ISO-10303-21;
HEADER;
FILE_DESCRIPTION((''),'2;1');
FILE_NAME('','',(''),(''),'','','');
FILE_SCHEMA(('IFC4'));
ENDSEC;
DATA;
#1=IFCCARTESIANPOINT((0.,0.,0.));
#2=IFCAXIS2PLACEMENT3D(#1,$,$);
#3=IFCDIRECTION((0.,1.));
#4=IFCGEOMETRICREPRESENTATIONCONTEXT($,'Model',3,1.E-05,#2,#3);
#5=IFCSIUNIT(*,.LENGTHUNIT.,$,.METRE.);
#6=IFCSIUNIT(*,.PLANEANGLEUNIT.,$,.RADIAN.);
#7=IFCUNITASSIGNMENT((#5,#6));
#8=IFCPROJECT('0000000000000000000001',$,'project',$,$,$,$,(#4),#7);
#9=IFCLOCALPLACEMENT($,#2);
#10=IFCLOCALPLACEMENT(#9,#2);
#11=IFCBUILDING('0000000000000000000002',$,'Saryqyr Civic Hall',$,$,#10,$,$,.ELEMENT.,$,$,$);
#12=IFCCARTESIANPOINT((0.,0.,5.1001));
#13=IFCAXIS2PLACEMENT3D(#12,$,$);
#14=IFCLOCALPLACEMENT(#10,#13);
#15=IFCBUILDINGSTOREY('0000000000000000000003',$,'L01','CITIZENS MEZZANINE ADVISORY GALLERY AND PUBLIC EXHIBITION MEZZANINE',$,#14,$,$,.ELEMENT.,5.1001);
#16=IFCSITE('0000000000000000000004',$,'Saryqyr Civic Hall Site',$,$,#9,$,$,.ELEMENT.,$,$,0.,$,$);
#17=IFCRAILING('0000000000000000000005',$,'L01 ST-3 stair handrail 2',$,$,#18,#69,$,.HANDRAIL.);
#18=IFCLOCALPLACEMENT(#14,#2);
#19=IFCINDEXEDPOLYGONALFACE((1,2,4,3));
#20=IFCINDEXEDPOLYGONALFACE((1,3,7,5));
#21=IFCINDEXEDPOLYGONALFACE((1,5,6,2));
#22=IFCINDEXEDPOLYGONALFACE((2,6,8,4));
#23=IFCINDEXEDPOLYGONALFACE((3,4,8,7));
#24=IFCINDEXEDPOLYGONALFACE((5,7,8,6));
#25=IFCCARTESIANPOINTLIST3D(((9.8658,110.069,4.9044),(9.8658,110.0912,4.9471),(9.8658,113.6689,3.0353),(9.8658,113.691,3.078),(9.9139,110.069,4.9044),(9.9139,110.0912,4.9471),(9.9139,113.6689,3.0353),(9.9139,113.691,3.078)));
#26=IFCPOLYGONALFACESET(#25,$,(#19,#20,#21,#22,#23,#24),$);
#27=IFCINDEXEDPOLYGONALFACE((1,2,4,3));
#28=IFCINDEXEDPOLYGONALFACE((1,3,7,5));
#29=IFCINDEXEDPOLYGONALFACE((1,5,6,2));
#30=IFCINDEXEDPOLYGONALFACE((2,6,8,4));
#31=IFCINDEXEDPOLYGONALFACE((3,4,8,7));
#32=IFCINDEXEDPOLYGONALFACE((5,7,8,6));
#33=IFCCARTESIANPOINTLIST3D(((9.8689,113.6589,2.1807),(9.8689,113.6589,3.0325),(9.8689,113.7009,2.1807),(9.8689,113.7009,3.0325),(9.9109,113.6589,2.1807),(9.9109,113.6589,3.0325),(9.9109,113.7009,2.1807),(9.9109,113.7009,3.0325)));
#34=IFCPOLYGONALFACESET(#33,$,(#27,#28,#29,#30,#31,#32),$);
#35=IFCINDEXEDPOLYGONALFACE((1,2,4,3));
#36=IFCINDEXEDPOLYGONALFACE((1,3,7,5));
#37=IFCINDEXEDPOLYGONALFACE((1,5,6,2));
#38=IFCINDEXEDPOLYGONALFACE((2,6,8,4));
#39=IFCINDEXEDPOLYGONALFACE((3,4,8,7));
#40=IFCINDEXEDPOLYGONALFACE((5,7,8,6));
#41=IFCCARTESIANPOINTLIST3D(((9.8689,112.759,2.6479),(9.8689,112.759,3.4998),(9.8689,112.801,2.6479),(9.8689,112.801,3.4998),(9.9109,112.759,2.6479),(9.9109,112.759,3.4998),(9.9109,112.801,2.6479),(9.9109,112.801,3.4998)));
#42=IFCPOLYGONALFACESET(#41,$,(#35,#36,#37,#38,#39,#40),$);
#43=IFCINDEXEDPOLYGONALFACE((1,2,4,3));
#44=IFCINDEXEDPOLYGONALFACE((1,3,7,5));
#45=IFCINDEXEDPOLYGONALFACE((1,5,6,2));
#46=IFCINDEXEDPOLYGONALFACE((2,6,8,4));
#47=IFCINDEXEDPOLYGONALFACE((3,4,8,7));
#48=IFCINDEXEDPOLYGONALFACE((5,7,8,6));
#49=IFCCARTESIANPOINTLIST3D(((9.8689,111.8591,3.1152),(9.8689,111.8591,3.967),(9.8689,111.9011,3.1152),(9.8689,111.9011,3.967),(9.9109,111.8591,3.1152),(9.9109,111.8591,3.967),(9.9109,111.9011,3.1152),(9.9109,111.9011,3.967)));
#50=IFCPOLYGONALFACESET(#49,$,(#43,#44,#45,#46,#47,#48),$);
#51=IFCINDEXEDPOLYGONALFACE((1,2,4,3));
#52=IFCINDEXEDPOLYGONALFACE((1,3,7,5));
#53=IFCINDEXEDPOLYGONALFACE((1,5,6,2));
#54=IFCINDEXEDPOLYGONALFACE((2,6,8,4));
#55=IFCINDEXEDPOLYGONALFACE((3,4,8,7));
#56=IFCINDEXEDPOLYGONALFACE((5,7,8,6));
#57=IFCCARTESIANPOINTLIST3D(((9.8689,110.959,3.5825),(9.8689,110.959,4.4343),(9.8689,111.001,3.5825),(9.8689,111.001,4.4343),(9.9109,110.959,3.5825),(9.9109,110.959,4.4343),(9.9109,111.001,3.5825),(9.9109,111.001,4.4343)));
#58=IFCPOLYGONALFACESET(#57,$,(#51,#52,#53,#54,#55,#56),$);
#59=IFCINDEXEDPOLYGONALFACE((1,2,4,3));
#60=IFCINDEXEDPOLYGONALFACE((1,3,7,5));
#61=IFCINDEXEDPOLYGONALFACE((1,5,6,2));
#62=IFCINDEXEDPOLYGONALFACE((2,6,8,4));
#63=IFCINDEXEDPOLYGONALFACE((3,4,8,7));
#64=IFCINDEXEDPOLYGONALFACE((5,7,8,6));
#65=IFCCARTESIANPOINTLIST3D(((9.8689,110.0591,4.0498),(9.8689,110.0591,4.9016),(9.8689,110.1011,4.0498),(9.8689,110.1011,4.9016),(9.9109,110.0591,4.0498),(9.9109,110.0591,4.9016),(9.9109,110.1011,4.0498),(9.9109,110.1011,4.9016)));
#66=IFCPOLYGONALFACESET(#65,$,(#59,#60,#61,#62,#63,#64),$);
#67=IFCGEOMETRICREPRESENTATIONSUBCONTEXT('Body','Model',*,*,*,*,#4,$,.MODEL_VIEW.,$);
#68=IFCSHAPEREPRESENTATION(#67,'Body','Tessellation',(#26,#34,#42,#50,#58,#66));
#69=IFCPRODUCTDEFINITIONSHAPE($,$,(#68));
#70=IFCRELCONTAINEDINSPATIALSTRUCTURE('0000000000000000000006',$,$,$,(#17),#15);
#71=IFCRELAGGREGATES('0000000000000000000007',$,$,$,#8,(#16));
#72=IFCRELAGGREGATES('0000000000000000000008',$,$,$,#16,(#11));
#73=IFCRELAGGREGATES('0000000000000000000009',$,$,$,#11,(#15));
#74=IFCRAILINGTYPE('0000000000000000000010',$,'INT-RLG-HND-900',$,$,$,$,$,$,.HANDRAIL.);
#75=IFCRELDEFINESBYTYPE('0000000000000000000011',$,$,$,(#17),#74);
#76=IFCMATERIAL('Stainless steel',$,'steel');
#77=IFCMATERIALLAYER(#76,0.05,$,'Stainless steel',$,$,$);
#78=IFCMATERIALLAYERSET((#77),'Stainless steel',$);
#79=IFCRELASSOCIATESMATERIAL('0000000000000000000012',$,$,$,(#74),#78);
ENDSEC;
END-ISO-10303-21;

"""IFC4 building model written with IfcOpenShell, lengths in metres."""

from ifc_helpers import new_model, si_unit, direction, frame, origin, origin_2d, place, context, subcontext, project, spatial, rectangle, extrude, material, layer, layer_set, type_object, element, save


model = new_model("IFC4")

# Units and contexts
model_context = context("Model", 3, precision=1e-05, world=origin(), true_north=direction((0.0, 1.0)))
body_context = subcontext(model_context, "Body", "Model", "MODEL_VIEW")
ifc_project = project(units=[si_unit("LENGTHUNIT", "METRE"), si_unit("PLANEANGLEUNIT", "RADIAN")], contexts=[model_context])

# Site, building, storey
site_placement = place(None, origin())
site = spatial("IfcSite", under=ifc_project, at=site_placement, Name="Saryqyr Civic Hall Site", CompositionType="ELEMENT", RefElevation=0.0)
building_placement = place(site_placement, origin())
building = spatial("IfcBuilding", under=site, at=building_placement, Name="Saryqyr Civic Hall", CompositionType="ELEMENT")
storey_placement = place(building_placement, frame((0.0, 0.0, 5.1001)))
storey = spatial("IfcBuildingStorey", under=building, at=storey_placement, Name="L01", Description="CITIZENS MEZZANINE ADVISORY GALLERY AND PUBLIC EXHIBITION MEZZANINE", CompositionType="ELEMENT", Elevation=5.1001)

# Railing
ifc_material_1 = material(Name="Stainless steel", Category="steel")
ifc_layer_1 = layer(ifc_material_1, 0.05, Name="Stainless steel")
ifc_layer_set_1 = layer_set([ifc_layer_1], Name="Stainless steel")
railing_type_1 = type_object("IfcRailingType", Name="INT-RLG-HND-900", PredefinedType="HANDRAIL", material=ifc_layer_set_1)
railing_1_placement = place(storey_placement, frame((9.8899, 113.6799, 2.1807)))
element("IfcRailing", 1, at=railing_1_placement, inside=storey, type_object=railing_type_1, Name="L01 ST-3 stair handrail 2", PredefinedType="HANDRAIL", context=body_context, shape_type="SweptSolid", body=[
    extrude(rectangle(XDim=0.0481, YDim=0.0481, at=origin_2d()), frame((0.0, 0.0, 0.876), z_axis=(0.0, -0.887497, 0.460813), x_axis=(1.0, 0.0, 0.0)), (0.0, 0.0, 1.0), 4.0562),
    extrude(rectangle(XDim=0.042, YDim=0.042, at=origin_2d()), origin(), (0.0, 0.0, 1.0), 0.8518),
    extrude(rectangle(XDim=0.042, YDim=0.042, at=origin_2d()), frame((0.0, -0.8999, 0.4673)), (0.0, 0.0, 1.0), 0.8518),
    extrude(rectangle(XDim=0.042, YDim=0.042, at=origin_2d()), frame((0.0, -1.7998, 0.9346)), (0.0, 0.0, 1.0), 0.8518),
    extrude(rectangle(XDim=0.042, YDim=0.042, at=origin_2d()), frame((0.0, -2.7, 1.4019)), (0.0, 0.0, 1.0), 0.8518),
    extrude(rectangle(XDim=0.042, YDim=0.042, at=origin_2d()), frame((0.0, -3.5999, 1.8691)), (0.0, 0.0, 1.0), 0.8518),
])

save(model, "model.ifc")
